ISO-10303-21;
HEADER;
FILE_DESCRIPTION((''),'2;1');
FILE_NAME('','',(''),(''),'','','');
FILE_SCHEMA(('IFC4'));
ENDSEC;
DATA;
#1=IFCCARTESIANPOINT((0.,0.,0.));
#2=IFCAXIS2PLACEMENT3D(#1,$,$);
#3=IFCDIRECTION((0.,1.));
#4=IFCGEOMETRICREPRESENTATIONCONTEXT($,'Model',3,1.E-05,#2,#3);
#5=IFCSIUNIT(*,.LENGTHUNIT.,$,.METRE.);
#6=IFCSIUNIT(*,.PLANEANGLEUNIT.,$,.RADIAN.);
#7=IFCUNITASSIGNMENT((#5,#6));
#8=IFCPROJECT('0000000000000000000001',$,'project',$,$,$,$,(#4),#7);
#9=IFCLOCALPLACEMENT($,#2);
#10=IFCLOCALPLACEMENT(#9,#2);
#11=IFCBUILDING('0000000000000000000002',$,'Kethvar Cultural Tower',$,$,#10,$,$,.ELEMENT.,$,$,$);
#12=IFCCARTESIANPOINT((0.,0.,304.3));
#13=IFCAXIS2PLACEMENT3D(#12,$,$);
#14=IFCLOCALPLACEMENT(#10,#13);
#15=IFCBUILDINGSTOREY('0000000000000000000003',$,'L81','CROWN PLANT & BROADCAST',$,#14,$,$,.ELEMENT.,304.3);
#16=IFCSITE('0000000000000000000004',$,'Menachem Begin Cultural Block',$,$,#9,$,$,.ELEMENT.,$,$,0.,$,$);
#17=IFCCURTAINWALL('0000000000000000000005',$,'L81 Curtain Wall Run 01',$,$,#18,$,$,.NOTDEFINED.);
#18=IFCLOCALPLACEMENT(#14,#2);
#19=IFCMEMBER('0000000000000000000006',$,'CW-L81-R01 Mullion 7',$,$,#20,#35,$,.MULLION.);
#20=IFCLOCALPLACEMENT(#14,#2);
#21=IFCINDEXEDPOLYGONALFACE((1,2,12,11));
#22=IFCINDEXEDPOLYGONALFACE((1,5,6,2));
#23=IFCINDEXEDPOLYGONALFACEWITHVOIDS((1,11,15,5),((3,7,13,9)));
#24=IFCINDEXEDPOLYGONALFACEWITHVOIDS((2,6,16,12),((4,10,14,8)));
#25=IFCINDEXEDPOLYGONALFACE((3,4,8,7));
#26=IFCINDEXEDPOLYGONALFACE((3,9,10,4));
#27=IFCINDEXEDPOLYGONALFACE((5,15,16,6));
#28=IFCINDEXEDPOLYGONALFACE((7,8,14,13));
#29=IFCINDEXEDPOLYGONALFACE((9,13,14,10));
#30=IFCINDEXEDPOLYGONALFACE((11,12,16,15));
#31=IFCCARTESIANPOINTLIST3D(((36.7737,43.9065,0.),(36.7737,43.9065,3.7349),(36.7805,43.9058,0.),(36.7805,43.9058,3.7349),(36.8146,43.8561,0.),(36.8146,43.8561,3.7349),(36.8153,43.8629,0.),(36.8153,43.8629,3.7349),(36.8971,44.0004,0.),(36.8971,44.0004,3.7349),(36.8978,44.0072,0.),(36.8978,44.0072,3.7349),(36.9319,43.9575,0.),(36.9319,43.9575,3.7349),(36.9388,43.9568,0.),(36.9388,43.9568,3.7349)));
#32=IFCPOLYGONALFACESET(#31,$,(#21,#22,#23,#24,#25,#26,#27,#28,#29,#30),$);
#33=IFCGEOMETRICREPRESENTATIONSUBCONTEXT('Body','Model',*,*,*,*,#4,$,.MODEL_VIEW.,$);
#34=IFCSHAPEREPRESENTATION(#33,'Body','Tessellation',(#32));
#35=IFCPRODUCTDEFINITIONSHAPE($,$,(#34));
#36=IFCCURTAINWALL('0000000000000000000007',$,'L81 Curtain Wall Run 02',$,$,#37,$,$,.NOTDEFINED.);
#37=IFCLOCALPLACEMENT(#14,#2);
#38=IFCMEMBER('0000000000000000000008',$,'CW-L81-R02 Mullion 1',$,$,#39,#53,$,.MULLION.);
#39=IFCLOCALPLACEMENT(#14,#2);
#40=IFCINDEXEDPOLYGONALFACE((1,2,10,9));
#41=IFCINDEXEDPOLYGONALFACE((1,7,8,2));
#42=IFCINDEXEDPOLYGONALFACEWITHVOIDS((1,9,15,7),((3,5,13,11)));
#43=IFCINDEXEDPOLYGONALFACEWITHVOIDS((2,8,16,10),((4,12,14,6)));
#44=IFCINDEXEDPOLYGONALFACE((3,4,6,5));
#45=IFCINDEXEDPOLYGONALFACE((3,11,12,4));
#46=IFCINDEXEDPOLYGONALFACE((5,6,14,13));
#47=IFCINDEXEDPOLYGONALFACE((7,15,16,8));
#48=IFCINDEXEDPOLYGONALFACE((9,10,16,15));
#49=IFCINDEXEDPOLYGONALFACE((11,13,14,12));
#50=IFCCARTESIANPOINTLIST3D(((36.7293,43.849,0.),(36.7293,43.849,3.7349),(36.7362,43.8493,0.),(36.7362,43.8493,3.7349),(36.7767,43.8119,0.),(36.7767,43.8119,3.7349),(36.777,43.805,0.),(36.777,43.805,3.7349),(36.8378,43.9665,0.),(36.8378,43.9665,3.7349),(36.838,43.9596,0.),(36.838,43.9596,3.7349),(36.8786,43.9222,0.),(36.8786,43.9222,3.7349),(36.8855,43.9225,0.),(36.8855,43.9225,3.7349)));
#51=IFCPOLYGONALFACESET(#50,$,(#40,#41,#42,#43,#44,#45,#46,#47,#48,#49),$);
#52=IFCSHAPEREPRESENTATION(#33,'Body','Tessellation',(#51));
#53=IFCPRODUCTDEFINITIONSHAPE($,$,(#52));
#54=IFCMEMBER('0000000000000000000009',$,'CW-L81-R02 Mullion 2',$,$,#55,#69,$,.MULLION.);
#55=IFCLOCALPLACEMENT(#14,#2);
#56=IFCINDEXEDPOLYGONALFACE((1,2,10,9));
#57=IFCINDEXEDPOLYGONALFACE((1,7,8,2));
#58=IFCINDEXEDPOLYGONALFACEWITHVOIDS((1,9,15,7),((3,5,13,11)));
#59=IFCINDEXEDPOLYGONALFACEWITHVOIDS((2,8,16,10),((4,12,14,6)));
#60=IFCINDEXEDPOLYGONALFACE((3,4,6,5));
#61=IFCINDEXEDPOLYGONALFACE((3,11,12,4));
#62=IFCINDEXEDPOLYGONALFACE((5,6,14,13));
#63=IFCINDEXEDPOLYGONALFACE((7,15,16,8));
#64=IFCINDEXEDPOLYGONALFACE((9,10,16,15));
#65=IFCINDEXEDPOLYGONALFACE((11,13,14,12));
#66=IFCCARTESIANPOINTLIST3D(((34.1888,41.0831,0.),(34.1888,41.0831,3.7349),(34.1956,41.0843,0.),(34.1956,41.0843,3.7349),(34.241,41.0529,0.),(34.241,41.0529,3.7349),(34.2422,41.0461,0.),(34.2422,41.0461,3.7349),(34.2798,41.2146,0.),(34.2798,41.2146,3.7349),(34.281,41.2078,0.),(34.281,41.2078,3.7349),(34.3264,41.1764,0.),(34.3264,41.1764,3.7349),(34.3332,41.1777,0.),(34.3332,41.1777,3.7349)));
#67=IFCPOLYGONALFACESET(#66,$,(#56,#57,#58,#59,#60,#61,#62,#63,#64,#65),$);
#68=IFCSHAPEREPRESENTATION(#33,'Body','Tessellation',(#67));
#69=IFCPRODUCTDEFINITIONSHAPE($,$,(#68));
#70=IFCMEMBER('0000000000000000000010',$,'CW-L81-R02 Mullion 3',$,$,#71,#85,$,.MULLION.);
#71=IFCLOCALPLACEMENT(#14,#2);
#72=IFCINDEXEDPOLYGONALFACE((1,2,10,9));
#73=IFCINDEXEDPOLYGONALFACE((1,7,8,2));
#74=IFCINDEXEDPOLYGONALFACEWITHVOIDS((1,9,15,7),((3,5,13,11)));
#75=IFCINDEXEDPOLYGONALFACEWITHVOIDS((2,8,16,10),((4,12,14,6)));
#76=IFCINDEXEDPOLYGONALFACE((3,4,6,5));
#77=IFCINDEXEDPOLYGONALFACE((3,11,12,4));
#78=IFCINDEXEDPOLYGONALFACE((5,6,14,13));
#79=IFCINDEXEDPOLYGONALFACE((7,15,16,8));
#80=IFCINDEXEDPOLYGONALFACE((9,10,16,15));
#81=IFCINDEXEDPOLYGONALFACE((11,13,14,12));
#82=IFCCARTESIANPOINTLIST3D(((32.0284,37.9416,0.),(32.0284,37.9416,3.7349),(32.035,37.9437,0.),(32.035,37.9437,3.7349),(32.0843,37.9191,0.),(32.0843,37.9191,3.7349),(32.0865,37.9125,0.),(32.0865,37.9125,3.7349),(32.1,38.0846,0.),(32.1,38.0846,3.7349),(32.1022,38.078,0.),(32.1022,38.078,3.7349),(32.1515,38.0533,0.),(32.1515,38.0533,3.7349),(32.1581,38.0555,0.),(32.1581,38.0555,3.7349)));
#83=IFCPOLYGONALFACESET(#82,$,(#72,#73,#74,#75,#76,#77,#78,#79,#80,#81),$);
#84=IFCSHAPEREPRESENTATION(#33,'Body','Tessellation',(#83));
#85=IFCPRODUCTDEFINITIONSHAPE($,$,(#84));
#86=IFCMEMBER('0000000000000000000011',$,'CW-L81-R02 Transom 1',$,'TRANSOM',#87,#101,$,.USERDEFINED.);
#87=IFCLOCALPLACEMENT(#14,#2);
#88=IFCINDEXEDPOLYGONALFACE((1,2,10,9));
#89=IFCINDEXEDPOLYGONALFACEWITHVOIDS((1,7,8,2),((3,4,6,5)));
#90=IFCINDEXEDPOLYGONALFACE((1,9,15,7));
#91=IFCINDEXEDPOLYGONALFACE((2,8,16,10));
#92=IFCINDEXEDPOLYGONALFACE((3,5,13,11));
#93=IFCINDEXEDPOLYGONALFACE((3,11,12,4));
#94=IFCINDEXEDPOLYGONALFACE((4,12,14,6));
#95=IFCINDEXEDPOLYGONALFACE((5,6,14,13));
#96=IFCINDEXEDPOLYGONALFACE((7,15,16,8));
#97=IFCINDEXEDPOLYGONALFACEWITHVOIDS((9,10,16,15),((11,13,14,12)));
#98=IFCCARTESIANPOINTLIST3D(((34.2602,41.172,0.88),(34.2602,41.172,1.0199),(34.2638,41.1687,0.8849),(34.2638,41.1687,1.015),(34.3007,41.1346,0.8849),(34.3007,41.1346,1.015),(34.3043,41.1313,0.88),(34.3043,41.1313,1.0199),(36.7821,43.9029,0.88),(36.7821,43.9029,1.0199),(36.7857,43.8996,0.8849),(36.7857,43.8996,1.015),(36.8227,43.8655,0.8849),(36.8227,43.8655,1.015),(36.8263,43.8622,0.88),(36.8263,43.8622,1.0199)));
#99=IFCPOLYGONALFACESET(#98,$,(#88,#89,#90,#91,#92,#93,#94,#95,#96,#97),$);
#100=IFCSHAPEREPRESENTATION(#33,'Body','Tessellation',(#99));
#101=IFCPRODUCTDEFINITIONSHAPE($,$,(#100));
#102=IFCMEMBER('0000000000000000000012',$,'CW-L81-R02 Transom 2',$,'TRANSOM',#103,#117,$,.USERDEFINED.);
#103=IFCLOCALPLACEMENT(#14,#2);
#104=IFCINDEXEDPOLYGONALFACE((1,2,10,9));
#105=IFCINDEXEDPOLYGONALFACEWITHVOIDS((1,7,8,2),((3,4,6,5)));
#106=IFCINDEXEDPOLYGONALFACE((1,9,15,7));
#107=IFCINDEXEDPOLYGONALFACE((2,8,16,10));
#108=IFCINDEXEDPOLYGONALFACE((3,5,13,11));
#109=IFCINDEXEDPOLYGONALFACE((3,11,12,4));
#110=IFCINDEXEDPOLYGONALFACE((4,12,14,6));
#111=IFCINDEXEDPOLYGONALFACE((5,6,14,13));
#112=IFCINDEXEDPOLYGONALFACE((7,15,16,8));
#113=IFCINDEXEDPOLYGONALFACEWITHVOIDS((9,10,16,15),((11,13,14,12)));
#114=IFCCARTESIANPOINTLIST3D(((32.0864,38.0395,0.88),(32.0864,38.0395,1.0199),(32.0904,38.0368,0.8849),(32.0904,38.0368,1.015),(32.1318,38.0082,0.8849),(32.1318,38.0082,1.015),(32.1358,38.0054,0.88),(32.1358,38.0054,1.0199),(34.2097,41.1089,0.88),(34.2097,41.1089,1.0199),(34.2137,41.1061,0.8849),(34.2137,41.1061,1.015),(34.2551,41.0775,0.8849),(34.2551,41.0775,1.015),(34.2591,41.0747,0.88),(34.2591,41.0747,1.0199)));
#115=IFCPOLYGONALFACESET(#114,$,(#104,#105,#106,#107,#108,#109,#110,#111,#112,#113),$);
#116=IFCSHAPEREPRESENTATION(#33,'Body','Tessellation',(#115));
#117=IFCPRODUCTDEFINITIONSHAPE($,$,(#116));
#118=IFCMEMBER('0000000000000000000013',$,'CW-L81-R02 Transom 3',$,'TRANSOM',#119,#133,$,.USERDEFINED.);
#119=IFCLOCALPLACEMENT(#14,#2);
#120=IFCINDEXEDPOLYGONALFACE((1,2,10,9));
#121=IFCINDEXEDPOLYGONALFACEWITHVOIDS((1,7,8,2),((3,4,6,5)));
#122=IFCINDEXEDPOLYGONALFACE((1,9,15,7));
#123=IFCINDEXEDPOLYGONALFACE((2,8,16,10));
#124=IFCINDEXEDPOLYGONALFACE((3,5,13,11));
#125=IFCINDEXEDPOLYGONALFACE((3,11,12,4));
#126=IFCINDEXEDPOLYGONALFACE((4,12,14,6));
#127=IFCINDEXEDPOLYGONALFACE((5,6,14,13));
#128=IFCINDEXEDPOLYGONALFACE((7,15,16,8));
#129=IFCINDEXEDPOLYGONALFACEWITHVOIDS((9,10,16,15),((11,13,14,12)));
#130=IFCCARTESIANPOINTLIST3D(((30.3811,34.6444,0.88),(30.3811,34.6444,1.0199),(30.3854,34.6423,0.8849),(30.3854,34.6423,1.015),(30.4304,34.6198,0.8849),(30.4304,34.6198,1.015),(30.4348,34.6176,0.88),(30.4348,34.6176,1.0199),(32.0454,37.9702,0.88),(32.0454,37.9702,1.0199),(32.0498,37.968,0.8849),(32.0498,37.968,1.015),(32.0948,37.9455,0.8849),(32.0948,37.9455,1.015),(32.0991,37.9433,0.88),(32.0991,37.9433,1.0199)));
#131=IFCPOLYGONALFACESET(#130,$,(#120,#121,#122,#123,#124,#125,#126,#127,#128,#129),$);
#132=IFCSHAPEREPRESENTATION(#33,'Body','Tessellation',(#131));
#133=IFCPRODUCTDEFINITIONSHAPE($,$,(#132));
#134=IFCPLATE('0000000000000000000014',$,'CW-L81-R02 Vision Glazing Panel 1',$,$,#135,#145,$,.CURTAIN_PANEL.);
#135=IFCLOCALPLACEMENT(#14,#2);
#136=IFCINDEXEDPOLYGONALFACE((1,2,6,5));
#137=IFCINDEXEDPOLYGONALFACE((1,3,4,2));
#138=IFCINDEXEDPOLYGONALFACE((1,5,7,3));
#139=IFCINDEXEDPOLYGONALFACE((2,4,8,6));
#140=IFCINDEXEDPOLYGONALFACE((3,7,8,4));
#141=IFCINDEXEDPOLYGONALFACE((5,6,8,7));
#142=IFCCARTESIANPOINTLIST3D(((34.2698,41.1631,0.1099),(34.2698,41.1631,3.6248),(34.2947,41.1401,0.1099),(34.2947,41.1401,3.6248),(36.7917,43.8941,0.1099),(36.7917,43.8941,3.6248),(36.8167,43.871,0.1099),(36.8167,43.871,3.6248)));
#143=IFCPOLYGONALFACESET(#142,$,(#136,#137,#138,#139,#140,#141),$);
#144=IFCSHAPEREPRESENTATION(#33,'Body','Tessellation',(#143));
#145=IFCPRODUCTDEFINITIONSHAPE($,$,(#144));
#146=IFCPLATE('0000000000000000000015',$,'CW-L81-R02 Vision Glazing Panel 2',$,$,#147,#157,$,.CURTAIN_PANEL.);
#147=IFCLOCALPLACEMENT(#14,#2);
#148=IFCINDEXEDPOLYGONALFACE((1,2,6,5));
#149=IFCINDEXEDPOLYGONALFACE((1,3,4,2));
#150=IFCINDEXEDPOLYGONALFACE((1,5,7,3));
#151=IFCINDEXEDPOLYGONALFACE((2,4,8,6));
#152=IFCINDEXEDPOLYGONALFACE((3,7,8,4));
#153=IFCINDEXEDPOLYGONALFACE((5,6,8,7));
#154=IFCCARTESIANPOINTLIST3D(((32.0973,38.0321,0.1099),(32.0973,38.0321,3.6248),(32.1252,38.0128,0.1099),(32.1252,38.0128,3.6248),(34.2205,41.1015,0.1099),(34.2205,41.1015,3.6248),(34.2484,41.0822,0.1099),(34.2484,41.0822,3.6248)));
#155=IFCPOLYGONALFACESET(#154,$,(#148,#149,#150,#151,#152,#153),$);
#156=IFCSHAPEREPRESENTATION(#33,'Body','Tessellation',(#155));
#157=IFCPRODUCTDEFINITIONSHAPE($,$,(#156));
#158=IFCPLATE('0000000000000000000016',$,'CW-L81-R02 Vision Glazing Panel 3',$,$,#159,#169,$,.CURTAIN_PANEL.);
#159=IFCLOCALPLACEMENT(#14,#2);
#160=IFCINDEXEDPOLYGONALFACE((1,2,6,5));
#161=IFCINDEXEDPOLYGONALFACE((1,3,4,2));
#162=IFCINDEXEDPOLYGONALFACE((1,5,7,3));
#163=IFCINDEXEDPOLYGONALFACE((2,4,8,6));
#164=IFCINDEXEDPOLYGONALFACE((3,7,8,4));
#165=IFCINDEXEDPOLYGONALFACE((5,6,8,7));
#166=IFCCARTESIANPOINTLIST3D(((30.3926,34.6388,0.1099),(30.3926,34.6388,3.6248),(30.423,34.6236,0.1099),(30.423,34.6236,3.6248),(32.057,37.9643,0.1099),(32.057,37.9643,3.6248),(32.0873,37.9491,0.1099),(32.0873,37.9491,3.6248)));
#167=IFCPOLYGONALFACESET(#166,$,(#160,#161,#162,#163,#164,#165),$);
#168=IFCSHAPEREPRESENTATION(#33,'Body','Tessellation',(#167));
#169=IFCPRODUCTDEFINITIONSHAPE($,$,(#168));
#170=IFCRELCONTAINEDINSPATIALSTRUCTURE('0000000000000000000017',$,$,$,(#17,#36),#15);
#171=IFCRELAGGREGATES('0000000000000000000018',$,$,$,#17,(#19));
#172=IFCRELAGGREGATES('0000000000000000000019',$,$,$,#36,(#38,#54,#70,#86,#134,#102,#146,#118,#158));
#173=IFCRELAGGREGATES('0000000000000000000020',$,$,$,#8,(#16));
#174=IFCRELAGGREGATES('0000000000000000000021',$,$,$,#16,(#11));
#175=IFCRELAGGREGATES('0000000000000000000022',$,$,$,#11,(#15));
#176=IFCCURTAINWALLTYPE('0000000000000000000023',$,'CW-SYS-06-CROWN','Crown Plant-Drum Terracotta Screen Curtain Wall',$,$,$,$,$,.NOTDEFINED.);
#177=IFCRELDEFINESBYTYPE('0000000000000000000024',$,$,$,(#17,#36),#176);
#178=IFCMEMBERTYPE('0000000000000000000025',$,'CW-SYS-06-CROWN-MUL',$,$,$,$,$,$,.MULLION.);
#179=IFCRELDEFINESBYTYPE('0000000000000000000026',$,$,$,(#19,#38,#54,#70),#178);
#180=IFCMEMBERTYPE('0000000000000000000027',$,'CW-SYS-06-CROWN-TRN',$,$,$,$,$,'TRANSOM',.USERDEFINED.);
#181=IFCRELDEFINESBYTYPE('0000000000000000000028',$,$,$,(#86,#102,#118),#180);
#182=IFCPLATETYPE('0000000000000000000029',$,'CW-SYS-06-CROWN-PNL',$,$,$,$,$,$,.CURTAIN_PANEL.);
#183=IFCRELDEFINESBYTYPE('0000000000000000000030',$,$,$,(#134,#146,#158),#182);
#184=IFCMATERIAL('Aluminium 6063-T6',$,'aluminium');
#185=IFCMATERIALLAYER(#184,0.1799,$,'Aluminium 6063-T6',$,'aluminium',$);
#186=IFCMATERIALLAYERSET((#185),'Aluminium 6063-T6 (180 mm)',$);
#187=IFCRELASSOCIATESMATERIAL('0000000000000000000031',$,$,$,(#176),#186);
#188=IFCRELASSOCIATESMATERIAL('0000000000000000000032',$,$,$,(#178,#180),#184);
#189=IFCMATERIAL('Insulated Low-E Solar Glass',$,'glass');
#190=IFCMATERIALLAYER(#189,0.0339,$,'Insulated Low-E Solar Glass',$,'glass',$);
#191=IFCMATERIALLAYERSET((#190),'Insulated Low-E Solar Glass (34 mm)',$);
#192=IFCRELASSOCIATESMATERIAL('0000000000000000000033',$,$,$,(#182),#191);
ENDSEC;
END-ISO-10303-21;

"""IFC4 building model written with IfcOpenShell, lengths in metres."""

from ifc_helpers import new_model, si_unit, direction, frame, origin, origin_2d, place, context, subcontext, project, spatial, rectangle, hollow_rectangle, extrude, source, transform, mapped, material, layer, layer_set, material_profile, profile_set, type_object, element, aggregate, save


model = new_model("IFC4")

# Units and contexts
model_context = context("Model", 3, precision=1e-05, world=origin(), true_north=direction((0.0, 1.0)))
body_context = subcontext(model_context, "Body", "Model", "MODEL_VIEW")
ifc_project = project(units=[si_unit("LENGTHUNIT", "METRE"), si_unit("PLANEANGLEUNIT", "RADIAN")], contexts=[model_context])

# Site, building, storey
site_placement = place(None, origin())
site = spatial("IfcSite", under=ifc_project, at=site_placement, Name="Menachem Begin Cultural Block", CompositionType="ELEMENT", RefElevation=0.0)
building_placement = place(site_placement, origin())
building = spatial("IfcBuilding", under=site, at=building_placement, Name="Kethvar Cultural Tower", CompositionType="ELEMENT")
storey_placement = place(building_placement, frame((0.0, 0.0, 304.3)))
storey = spatial("IfcBuildingStorey", under=building, at=storey_placement, Name="L81", Description="CROWN PLANT & BROADCAST", CompositionType="ELEMENT", Elevation=304.3)

# Curtain wall, member
ifc_material_1 = material(Name="Aluminium 6063-T6", Category="aluminium")
ifc_layer_1 = layer(ifc_material_1, 0.1799, Name="Aluminium 6063-T6", Category="aluminium")
ifc_layer_set_1 = layer_set([ifc_layer_1], Name="Aluminium 6063-T6 (180 mm)")
curtain_wall_type = type_object("IfcCurtainWallType", Name="CW-SYS-06-CROWN", Description="Crown Plant-Drum Terracotta Screen Curtain Wall", PredefinedType="NOTDEFINED", material=ifc_layer_set_1)
curtain_wall_1_placement = place(storey_placement, origin())
curtain_wall_1 = element("IfcCurtainWall", 1, at=curtain_wall_1_placement, inside=storey, type_object=curtain_wall_type, Name="L81 Curtain Wall Run 01", PredefinedType="NOTDEFINED")
ifc_material_profile_1 = material_profile(ifc_material_1, hollow_rectangle(XDim=0.0649, YDim=0.1599, WallThickness=0.0049, at=origin_2d()), Name="Aluminium 6063-T6 — RHS160x65x5")
ifc_profile_set_1 = profile_set([ifc_material_profile_1], Name="Aluminium 6063-T6 — RHS160x65x5")
member_type_1 = type_object("IfcMemberType", Name="CW-SYS-06-CROWN-MUL", PredefinedType="MULLION", material=ifc_profile_set_1)
shared_shape_1 = source(origin(), body_context, "Body", "SweptSolid", [
    extrude(hollow_rectangle(XDim=0.0649, YDim=0.1599, WallThickness=0.0049, at=origin_2d()), origin(), (0.0, 0.0, 1.0), 3.7349),
])
member_1_placement = place(storey_placement, frame((36.8562, 43.9316, 0.0), z_axis=(0.0, 0.0, 1.0), x_axis=(0.630025, -0.776574, 0.0)))
member_1 = element("IfcMember", 2, at=member_1_placement, type_object=member_type_1, Name="CW-L81-R01 Mullion 7", PredefinedType="MULLION", context=body_context, shape_type="MappedRepresentation", body=[
    mapped(shared_shape_1, transform((0.0, 0.0, 0.0), scale=1.0)),
])
aggregate(curtain_wall_1, [member_1])

# Curtain wall, members, plates
curtain_wall_2_placement = place(storey_placement, origin())
curtain_wall_2 = element("IfcCurtainWall", 3, at=curtain_wall_2_placement, inside=storey, type_object=curtain_wall_type, Name="L81 Curtain Wall Run 02", PredefinedType="NOTDEFINED")
member_2_placement = place(storey_placement, frame((36.8074, 43.8857, 0.0), z_axis=(0.0, 0.0, 1.0), x_axis=(0.734654, -0.678442, 0.0)))
member_2 = element("IfcMember", 4, at=member_2_placement, type_object=member_type_1, Name="CW-L81-R02 Mullion 1", PredefinedType="MULLION", context=body_context, shape_type="MappedRepresentation", body=[
    mapped(shared_shape_1, transform((0.0, 0.0, 0.0), scale=1.0)),
])
member_3_placement = place(storey_placement, frame((34.261, 41.1304, 0.0), z_axis=(0.0, 0.0, 1.0), x_axis=(0.822412, -0.568892, 0.0)))
member_3 = element("IfcMember", 5, at=member_3_placement, type_object=member_type_1, Name="CW-L81-R02 Mullion 2", PredefinedType="MULLION", context=body_context, shape_type="MappedRepresentation", body=[
    mapped(shared_shape_1, transform((0.0, 0.0, 0.0), scale=1.0)),
])
member_4_placement = place(storey_placement, frame((32.0933, 37.9985, 0.0), z_axis=(0.0, 0.0, 1.0), x_axis=(0.894256, -0.447556, 0.0)))
member_4 = element("IfcMember", 6, at=member_4_placement, type_object=member_type_1, Name="CW-L81-R02 Mullion 3", PredefinedType="MULLION", context=body_context, shape_type="MappedRepresentation", body=[
    mapped(shared_shape_1, transform((0.0, 0.0, 0.0), scale=1.0)),
])
ifc_material_profile_2 = material_profile(ifc_material_1, hollow_rectangle(XDim=0.0601, YDim=0.1399, WallThickness=0.0049, at=origin_2d()), Name="Aluminium 6063-T6 — RHS140x60x5")
ifc_profile_set_2 = profile_set([ifc_material_profile_2], Name="Aluminium 6063-T6 — RHS140x60x5")
member_type_2 = type_object("IfcMemberType", Name="CW-SYS-06-CROWN-TRN", ElementType="TRANSOM", PredefinedType="USERDEFINED", material=ifc_profile_set_2)
shared_shape_2 = source(origin(), body_context, "Body", "SweptSolid", [
    extrude(hollow_rectangle(XDim=0.0601, YDim=0.1399, WallThickness=0.0049, at=origin_2d()), origin(), (0.0, 0.0, 1.0), 3.7173),
])
member_5_placement = place(storey_placement, frame((36.8042, 43.8826, 0.95), z_axis=(-0.678438, -0.734657, 0.0), x_axis=(0.734657, -0.678438, 0.0)))
member_5 = element("IfcMember", 7, at=member_5_placement, type_object=member_type_2, Name="CW-L81-R02 Transom 1", ObjectType="TRANSOM", PredefinedType="USERDEFINED", context=body_context, shape_type="MappedRepresentation", body=[
    mapped(shared_shape_2, transform((0.0, 0.0, 0.0), scale=1.0)),
])
shared_shape_3 = source(origin(), body_context, "Body", "SweptSolid", [
    extrude(hollow_rectangle(XDim=0.0601, YDim=0.1399, WallThickness=0.0049, at=origin_2d()), origin(), (0.0, 0.0, 1.0), 3.7322),
])
member_6_placement = place(storey_placement, frame((34.2344, 41.0918, 0.95), z_axis=(-0.568914, -0.822397, 0.0), x_axis=(0.822397, -0.568914, 0.0)))
member_6 = element("IfcMember", 8, at=member_6_placement, type_object=member_type_2, Name="CW-L81-R02 Transom 2", ObjectType="TRANSOM", PredefinedType="USERDEFINED", context=body_context, shape_type="MappedRepresentation", body=[
    mapped(shared_shape_3, transform((0.0, 0.0, 0.0), scale=1.0)),
])
shared_shape_4 = source(origin(), body_context, "Body", "SweptSolid", [
    extrude(hollow_rectangle(XDim=0.0601, YDim=0.1399, WallThickness=0.0049, at=origin_2d()), origin(), (0.0, 0.0, 1.0), 3.719),
])
member_7_placement = place(storey_placement, frame((32.0723, 37.9568, 0.95), z_axis=(-0.447529, -0.89427, 0.0), x_axis=(0.89427, -0.447529, 0.0)))
member_7 = element("IfcMember", 9, at=member_7_placement, type_object=member_type_2, Name="CW-L81-R02 Transom 3", ObjectType="TRANSOM", PredefinedType="USERDEFINED", context=body_context, shape_type="MappedRepresentation", body=[
    mapped(shared_shape_4, transform((0.0, 0.0, 0.0), scale=1.0)),
])
ifc_material_2 = material(Name="Insulated Low-E Solar Glass", Category="glass")
ifc_layer_2 = layer(ifc_material_2, 0.0339, Name="Insulated Low-E Solar Glass", Category="glass")
ifc_layer_set_2 = layer_set([ifc_layer_2], Name="Insulated Low-E Solar Glass (34 mm)")
plate_type = type_object("IfcPlateType", Name="CW-SYS-06-CROWN-PNL", PredefinedType="CURTAIN_PANEL", material=ifc_layer_set_2)
shared_shape_5 = source(origin(), body_context, "Body", "SweptSolid", [
    extrude(rectangle(XDim=3.7173, YDim=0.0339, at=origin_2d()), origin(), (0.0, 0.0, 1.0), 3.5149),
])
plate_1_placement = place(storey_placement, frame((35.5432, 42.5171, 0.1099), z_axis=(0.0, 0.0, 1.0), x_axis=(-0.678442, -0.734654, 0.0)))
plate_1 = element("IfcPlate", 10, at=plate_1_placement, type_object=plate_type, Name="CW-L81-R02 Vision Glazing Panel 1", PredefinedType="CURTAIN_PANEL", context=body_context, shape_type="MappedRepresentation", body=[
    mapped(shared_shape_5, transform((0.0, 0.0, 0.0), scale=1.0)),
])
shared_shape_6 = source(origin(), body_context, "Body", "SweptSolid", [
    extrude(rectangle(XDim=3.7322, YDim=0.0339, at=origin_2d()), origin(), (0.0, 0.0, 1.0), 3.5149),
])
plate_2_placement = place(storey_placement, frame((33.1729, 39.5571, 0.1099), z_axis=(0.0, 0.0, 1.0), x_axis=(-0.568892, -0.822412, 0.0)))
plate_2 = element("IfcPlate", 11, at=plate_2_placement, type_object=plate_type, Name="CW-L81-R02 Vision Glazing Panel 2", PredefinedType="CURTAIN_PANEL", context=body_context, shape_type="MappedRepresentation", body=[
    mapped(shared_shape_6, transform((0.0, 0.0, 0.0), scale=1.0)),
])
shared_shape_7 = source(origin(), body_context, "Body", "SweptSolid", [
    extrude(rectangle(XDim=3.7188, YDim=0.0339, at=origin_2d()), origin(), (0.0, 0.0, 1.0), 3.5149),
])
plate_3_placement = place(storey_placement, frame((31.24, 36.2939, 0.1099), z_axis=(0.0, 0.0, 1.0), x_axis=(-0.447556, -0.894256, 0.0)))
plate_3 = element("IfcPlate", 12, at=plate_3_placement, type_object=plate_type, Name="CW-L81-R02 Vision Glazing Panel 3", PredefinedType="CURTAIN_PANEL", context=body_context, shape_type="MappedRepresentation", body=[
    mapped(shared_shape_7, transform((0.0, 0.0, 0.0), scale=1.0)),
])
aggregate(curtain_wall_2, [member_2, member_3, member_4, member_5, plate_1, member_6, plate_2, member_7, plate_3])

save(model, "model.ifc")
